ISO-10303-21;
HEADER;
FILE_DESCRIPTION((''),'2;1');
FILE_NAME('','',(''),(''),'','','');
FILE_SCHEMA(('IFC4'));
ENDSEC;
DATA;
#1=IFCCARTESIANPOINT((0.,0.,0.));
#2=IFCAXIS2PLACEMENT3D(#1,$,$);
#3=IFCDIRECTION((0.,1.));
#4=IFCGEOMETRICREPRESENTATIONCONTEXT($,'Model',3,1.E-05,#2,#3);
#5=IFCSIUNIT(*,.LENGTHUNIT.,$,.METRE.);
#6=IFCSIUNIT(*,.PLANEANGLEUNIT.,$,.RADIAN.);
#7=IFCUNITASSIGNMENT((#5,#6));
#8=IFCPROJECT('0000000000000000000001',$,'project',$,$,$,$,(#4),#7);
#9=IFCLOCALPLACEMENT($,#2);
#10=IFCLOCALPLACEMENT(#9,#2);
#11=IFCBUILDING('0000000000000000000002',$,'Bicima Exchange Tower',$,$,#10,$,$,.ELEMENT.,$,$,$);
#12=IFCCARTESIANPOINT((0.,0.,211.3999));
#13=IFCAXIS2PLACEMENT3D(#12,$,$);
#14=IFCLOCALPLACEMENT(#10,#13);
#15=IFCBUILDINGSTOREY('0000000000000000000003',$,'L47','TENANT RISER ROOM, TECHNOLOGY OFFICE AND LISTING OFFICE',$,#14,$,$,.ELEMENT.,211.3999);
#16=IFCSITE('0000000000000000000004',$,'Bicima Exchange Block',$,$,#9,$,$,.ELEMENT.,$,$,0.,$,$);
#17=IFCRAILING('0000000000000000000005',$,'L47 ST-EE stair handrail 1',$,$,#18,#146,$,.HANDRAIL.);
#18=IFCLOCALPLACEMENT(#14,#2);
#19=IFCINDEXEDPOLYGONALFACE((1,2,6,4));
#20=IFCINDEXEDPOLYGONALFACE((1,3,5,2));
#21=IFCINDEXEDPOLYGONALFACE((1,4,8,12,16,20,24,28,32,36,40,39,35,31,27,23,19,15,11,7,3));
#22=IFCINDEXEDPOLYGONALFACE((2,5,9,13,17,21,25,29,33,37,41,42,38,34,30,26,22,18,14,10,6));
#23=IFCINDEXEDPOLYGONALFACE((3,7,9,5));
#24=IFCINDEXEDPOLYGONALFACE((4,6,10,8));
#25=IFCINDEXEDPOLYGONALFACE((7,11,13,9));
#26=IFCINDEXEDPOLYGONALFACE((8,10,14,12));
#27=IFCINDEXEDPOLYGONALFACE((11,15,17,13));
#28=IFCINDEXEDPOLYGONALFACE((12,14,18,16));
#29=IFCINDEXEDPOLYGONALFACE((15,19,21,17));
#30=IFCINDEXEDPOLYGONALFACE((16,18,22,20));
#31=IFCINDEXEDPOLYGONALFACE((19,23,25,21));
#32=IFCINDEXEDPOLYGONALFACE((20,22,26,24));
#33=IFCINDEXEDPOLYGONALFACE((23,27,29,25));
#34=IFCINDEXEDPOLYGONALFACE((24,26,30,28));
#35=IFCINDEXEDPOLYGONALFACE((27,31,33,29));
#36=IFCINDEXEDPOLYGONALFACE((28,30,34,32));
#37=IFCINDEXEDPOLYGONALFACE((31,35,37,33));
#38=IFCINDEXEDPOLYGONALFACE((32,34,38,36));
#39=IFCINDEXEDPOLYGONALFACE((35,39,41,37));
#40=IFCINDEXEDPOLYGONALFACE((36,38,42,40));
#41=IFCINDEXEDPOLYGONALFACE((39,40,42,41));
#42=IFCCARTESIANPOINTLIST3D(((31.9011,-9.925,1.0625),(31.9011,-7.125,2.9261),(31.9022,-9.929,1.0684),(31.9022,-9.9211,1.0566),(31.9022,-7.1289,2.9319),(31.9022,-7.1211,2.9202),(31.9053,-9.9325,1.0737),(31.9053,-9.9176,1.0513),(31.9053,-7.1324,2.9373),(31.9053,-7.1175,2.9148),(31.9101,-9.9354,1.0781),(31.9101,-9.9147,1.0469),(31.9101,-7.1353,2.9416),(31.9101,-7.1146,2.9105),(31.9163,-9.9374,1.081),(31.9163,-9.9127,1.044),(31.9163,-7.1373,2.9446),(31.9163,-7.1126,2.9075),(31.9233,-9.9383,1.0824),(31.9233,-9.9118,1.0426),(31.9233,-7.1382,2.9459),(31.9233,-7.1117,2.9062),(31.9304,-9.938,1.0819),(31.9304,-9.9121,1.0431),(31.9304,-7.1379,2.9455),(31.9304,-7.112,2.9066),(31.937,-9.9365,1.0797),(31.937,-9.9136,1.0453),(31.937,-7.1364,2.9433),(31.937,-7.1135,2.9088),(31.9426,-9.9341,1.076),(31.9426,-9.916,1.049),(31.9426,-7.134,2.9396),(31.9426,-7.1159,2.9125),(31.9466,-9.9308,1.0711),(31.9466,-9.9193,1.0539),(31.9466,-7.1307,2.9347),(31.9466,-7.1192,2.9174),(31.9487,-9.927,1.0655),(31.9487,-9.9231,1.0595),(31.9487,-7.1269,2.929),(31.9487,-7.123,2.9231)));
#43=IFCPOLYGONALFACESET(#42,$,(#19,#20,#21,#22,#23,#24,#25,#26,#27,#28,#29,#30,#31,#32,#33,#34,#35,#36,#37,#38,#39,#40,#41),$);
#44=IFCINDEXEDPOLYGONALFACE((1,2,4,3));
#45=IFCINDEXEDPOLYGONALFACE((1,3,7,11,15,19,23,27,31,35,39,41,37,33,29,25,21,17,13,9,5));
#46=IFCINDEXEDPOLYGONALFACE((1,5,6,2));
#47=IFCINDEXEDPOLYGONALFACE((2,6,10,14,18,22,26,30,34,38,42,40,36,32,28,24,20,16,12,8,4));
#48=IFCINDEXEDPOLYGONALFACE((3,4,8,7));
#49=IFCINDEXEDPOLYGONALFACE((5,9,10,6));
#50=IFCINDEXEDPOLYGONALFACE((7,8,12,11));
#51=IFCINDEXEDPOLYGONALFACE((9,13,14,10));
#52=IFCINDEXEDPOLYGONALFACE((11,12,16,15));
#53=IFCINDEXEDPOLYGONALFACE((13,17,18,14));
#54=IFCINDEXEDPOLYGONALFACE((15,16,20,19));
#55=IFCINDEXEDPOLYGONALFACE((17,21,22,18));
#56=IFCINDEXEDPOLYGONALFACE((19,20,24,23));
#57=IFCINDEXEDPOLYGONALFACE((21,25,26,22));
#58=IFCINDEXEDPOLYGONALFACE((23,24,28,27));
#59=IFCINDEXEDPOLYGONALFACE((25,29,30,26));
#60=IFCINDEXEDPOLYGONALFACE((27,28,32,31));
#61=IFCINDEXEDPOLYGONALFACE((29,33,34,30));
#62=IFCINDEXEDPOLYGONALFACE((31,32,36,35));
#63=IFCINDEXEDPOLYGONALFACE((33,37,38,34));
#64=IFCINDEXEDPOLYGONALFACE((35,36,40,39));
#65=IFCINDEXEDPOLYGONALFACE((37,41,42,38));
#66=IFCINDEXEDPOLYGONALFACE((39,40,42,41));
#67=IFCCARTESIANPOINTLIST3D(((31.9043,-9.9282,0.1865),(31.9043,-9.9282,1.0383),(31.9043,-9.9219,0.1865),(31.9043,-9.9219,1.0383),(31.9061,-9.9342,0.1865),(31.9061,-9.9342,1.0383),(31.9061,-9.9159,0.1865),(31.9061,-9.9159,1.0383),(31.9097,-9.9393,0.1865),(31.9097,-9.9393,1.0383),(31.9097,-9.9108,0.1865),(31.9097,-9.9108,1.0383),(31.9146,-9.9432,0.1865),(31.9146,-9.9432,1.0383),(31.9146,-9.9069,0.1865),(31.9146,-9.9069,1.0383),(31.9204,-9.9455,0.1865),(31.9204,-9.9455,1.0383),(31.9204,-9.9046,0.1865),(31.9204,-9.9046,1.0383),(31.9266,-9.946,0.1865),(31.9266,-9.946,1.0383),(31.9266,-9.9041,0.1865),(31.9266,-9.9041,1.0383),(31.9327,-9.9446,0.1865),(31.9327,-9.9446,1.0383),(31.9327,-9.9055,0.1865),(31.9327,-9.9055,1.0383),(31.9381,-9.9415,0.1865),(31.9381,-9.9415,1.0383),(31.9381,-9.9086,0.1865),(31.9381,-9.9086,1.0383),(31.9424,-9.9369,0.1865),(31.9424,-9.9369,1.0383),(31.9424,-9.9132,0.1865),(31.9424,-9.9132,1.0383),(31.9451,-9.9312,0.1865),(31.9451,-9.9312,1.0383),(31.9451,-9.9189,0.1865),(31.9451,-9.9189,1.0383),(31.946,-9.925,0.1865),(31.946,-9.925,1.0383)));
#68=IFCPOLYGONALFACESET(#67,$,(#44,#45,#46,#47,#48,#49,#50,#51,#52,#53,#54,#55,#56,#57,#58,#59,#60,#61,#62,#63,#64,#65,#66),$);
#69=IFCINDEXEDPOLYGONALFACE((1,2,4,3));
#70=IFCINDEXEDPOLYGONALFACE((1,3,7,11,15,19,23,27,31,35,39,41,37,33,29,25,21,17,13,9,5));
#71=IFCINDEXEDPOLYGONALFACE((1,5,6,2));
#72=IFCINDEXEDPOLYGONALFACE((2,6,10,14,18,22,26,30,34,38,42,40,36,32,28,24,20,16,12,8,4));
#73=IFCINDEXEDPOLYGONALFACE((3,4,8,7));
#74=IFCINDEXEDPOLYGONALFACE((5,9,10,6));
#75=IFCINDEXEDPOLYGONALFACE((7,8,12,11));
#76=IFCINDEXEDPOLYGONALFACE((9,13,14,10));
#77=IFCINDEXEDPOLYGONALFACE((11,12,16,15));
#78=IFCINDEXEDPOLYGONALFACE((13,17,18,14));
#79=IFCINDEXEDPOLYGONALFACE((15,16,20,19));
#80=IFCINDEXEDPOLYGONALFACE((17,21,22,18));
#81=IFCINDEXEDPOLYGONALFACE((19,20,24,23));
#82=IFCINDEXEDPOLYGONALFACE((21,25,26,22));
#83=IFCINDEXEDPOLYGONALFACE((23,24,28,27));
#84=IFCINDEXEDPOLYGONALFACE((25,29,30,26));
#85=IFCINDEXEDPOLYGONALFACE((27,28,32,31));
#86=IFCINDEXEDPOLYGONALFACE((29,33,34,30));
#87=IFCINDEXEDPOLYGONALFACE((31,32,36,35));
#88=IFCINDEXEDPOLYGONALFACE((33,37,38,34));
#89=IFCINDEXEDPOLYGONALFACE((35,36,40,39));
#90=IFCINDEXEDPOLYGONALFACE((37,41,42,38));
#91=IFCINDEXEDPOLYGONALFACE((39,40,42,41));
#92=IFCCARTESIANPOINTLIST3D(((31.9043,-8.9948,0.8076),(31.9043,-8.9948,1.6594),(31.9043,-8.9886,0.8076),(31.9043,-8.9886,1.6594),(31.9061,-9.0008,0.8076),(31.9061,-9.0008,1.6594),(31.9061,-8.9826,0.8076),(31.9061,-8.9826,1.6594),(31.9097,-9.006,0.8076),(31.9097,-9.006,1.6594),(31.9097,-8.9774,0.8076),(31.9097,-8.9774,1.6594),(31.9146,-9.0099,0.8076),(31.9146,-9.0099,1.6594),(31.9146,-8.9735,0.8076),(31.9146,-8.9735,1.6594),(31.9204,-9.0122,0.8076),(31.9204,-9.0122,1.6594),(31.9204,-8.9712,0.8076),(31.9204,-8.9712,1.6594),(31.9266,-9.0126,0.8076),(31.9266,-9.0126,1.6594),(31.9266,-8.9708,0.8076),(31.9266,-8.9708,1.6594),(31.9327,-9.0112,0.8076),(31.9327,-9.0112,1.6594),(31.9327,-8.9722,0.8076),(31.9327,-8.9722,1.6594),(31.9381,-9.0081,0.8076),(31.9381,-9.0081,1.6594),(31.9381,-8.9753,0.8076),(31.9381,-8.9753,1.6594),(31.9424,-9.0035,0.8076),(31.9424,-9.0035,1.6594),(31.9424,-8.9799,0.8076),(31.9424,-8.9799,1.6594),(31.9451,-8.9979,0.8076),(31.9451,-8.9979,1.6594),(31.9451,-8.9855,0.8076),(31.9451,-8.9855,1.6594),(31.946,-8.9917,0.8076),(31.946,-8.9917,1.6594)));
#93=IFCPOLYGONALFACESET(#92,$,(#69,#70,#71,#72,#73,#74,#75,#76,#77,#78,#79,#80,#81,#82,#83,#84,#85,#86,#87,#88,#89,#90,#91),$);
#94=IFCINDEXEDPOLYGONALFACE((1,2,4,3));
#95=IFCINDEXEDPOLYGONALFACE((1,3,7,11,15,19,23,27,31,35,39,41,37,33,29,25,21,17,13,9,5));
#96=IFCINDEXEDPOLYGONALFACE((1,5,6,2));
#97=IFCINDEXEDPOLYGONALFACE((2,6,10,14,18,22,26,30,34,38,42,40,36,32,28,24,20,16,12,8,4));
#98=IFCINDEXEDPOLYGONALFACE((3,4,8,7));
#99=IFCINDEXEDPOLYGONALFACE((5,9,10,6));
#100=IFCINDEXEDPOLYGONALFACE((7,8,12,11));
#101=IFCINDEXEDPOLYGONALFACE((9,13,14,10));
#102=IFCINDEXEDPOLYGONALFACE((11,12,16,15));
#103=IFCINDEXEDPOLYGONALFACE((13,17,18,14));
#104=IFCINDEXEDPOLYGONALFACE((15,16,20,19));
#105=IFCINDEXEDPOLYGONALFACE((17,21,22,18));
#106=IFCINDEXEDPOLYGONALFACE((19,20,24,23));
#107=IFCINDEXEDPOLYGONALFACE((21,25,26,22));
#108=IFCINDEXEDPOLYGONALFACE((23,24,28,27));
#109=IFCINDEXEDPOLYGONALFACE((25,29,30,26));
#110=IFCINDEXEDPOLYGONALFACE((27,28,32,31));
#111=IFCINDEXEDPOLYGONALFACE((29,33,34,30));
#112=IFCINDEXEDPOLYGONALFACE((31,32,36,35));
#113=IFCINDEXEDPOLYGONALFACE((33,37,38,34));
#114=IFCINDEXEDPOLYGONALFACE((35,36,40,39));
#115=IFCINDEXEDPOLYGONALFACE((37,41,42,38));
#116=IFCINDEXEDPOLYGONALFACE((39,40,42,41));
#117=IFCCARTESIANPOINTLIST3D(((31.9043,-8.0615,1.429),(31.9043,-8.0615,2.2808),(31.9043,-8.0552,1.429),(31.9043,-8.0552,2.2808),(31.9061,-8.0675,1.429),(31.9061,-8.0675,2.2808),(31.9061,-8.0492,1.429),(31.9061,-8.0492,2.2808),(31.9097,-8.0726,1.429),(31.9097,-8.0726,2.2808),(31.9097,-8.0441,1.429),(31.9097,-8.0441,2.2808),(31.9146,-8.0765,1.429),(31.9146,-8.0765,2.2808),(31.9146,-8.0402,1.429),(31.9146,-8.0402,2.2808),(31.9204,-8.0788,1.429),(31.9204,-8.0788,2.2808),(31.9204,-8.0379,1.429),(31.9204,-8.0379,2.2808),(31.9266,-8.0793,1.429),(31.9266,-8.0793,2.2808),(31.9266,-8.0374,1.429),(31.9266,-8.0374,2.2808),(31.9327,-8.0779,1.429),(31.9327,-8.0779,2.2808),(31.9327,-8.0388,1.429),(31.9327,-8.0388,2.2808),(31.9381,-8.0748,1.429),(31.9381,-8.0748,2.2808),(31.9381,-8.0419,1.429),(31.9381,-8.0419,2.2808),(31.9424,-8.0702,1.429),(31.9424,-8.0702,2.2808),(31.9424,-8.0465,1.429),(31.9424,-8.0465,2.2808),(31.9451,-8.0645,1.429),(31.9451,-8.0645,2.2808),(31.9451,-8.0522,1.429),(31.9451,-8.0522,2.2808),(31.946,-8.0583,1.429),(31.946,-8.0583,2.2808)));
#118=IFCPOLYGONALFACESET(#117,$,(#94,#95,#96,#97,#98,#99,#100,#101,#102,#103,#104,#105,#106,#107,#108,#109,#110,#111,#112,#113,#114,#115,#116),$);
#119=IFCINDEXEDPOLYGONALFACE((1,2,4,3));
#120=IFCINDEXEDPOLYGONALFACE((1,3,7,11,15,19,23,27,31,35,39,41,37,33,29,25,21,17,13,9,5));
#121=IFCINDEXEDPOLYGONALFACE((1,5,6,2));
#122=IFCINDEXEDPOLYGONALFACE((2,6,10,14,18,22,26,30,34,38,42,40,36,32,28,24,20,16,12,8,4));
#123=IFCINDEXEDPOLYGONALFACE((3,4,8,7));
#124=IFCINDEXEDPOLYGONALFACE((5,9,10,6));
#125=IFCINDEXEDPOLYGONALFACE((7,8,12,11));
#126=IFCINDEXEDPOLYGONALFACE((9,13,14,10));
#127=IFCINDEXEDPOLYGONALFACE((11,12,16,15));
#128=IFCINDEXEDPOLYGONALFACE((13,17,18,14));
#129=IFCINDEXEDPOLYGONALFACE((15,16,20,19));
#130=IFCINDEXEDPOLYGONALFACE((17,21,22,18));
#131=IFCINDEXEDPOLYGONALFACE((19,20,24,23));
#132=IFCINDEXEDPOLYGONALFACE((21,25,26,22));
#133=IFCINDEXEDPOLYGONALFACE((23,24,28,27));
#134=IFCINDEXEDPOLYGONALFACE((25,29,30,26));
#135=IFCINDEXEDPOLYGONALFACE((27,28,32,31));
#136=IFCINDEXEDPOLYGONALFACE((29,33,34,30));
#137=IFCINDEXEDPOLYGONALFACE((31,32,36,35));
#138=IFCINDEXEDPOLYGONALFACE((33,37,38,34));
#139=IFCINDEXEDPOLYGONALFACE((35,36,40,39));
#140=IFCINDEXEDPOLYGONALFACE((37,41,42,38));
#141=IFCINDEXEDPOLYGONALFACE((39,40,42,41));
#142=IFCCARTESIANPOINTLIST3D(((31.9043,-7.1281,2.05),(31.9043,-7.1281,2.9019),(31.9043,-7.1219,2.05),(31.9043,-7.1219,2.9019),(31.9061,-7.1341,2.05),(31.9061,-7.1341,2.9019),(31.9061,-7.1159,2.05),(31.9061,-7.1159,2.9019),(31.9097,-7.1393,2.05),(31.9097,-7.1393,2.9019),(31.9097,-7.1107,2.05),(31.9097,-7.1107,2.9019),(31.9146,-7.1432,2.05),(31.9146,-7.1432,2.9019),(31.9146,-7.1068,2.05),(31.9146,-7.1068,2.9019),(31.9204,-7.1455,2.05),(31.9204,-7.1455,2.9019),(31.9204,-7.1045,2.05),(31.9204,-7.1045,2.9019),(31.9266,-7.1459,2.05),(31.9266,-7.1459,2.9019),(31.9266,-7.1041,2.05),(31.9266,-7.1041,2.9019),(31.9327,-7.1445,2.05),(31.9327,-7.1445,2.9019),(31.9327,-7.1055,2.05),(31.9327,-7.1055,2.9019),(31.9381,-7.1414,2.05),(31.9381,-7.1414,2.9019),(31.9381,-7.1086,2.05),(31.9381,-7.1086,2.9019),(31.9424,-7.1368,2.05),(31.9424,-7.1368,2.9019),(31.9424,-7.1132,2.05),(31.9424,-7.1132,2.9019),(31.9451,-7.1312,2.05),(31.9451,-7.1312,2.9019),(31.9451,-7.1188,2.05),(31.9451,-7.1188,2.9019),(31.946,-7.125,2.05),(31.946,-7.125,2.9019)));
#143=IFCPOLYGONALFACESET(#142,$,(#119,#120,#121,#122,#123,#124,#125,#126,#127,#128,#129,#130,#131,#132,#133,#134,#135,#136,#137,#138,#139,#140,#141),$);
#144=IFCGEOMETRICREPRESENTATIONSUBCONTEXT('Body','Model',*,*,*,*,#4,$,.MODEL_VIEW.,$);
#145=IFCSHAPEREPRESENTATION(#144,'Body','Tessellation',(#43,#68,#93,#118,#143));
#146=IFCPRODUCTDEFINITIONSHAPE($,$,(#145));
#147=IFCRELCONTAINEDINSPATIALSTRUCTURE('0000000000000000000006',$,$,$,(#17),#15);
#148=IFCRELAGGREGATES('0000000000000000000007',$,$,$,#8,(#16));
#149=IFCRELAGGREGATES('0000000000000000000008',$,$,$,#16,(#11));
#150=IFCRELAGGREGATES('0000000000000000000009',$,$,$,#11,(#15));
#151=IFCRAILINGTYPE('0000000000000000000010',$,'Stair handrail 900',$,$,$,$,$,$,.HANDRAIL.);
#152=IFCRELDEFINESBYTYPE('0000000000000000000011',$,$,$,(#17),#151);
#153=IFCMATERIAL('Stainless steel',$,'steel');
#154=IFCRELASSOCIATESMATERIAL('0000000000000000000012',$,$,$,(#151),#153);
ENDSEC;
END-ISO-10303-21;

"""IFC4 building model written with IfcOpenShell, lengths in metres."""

from ifc_helpers import new_model, si_unit, direction, frame, origin, origin_2d, place, context, subcontext, project, spatial, circle, extrude, material, type_object, element, save


model = new_model("IFC4")

# Units and contexts
model_context = context("Model", 3, precision=1e-05, world=origin(), true_north=direction((0.0, 1.0)))
body_context = subcontext(model_context, "Body", "Model", "MODEL_VIEW")
ifc_project = project(units=[si_unit("LENGTHUNIT", "METRE"), si_unit("PLANEANGLEUNIT", "RADIAN")], contexts=[model_context])

# Site, building, storey
site_placement = place(None, origin())
site = spatial("IfcSite", under=ifc_project, at=site_placement, Name="Bicima Exchange Block", CompositionType="ELEMENT", RefElevation=0.0)
building_placement = place(site_placement, origin())
building = spatial("IfcBuilding", under=site, at=building_placement, Name="Bicima Exchange Tower", CompositionType="ELEMENT")
storey_placement = place(building_placement, frame((0.0, 0.0, 211.3999)))
storey = spatial("IfcBuildingStorey", under=building, at=storey_placement, Name="L47", Description="TENANT RISER ROOM, TECHNOLOGY OFFICE AND LISTING OFFICE", CompositionType="ELEMENT", Elevation=211.3999)

# Railing
ifc_material_1 = material(Name="Stainless steel", Category="steel")
railing_type_1 = type_object("IfcRailingType", Name="Stair handrail 900", PredefinedType="HANDRAIL", material=ifc_material_1)
railing_1_placement = place(storey_placement, frame((31.925, -9.925, 0.1865)))
element("IfcRailing", 1, at=railing_1_placement, inside=storey, type_object=railing_type_1, Name="L47 ST-EE stair handrail 1", PredefinedType="HANDRAIL", context=body_context, shape_type="SweptSolid", body=[
    extrude(circle(Radius=0.0239, at=origin_2d()), frame((0.0, 0.0, 0.876), z_axis=(0.0, 0.832486, 0.554047), x_axis=(-1.0, 0.0, 0.0)), (0.0, 0.0, 1.0), 3.3635),
    extrude(circle(Radius=0.021, at=origin_2d()), origin(), (0.0, 0.0, 1.0), 0.8518),
    extrude(circle(Radius=0.021, at=origin_2d()), frame((0.0, 0.9333, 0.6211)), (0.0, 0.0, 1.0), 0.8518),
    extrude(circle(Radius=0.021, at=origin_2d()), frame((0.0, 1.8667, 1.2424)), (0.0, 0.0, 1.0), 0.8518),
    extrude(circle(Radius=0.021, at=origin_2d()), frame((0.0, 2.8, 1.8635)), (0.0, 0.0, 1.0), 0.8518),
])

save(model, "model.ifc")
